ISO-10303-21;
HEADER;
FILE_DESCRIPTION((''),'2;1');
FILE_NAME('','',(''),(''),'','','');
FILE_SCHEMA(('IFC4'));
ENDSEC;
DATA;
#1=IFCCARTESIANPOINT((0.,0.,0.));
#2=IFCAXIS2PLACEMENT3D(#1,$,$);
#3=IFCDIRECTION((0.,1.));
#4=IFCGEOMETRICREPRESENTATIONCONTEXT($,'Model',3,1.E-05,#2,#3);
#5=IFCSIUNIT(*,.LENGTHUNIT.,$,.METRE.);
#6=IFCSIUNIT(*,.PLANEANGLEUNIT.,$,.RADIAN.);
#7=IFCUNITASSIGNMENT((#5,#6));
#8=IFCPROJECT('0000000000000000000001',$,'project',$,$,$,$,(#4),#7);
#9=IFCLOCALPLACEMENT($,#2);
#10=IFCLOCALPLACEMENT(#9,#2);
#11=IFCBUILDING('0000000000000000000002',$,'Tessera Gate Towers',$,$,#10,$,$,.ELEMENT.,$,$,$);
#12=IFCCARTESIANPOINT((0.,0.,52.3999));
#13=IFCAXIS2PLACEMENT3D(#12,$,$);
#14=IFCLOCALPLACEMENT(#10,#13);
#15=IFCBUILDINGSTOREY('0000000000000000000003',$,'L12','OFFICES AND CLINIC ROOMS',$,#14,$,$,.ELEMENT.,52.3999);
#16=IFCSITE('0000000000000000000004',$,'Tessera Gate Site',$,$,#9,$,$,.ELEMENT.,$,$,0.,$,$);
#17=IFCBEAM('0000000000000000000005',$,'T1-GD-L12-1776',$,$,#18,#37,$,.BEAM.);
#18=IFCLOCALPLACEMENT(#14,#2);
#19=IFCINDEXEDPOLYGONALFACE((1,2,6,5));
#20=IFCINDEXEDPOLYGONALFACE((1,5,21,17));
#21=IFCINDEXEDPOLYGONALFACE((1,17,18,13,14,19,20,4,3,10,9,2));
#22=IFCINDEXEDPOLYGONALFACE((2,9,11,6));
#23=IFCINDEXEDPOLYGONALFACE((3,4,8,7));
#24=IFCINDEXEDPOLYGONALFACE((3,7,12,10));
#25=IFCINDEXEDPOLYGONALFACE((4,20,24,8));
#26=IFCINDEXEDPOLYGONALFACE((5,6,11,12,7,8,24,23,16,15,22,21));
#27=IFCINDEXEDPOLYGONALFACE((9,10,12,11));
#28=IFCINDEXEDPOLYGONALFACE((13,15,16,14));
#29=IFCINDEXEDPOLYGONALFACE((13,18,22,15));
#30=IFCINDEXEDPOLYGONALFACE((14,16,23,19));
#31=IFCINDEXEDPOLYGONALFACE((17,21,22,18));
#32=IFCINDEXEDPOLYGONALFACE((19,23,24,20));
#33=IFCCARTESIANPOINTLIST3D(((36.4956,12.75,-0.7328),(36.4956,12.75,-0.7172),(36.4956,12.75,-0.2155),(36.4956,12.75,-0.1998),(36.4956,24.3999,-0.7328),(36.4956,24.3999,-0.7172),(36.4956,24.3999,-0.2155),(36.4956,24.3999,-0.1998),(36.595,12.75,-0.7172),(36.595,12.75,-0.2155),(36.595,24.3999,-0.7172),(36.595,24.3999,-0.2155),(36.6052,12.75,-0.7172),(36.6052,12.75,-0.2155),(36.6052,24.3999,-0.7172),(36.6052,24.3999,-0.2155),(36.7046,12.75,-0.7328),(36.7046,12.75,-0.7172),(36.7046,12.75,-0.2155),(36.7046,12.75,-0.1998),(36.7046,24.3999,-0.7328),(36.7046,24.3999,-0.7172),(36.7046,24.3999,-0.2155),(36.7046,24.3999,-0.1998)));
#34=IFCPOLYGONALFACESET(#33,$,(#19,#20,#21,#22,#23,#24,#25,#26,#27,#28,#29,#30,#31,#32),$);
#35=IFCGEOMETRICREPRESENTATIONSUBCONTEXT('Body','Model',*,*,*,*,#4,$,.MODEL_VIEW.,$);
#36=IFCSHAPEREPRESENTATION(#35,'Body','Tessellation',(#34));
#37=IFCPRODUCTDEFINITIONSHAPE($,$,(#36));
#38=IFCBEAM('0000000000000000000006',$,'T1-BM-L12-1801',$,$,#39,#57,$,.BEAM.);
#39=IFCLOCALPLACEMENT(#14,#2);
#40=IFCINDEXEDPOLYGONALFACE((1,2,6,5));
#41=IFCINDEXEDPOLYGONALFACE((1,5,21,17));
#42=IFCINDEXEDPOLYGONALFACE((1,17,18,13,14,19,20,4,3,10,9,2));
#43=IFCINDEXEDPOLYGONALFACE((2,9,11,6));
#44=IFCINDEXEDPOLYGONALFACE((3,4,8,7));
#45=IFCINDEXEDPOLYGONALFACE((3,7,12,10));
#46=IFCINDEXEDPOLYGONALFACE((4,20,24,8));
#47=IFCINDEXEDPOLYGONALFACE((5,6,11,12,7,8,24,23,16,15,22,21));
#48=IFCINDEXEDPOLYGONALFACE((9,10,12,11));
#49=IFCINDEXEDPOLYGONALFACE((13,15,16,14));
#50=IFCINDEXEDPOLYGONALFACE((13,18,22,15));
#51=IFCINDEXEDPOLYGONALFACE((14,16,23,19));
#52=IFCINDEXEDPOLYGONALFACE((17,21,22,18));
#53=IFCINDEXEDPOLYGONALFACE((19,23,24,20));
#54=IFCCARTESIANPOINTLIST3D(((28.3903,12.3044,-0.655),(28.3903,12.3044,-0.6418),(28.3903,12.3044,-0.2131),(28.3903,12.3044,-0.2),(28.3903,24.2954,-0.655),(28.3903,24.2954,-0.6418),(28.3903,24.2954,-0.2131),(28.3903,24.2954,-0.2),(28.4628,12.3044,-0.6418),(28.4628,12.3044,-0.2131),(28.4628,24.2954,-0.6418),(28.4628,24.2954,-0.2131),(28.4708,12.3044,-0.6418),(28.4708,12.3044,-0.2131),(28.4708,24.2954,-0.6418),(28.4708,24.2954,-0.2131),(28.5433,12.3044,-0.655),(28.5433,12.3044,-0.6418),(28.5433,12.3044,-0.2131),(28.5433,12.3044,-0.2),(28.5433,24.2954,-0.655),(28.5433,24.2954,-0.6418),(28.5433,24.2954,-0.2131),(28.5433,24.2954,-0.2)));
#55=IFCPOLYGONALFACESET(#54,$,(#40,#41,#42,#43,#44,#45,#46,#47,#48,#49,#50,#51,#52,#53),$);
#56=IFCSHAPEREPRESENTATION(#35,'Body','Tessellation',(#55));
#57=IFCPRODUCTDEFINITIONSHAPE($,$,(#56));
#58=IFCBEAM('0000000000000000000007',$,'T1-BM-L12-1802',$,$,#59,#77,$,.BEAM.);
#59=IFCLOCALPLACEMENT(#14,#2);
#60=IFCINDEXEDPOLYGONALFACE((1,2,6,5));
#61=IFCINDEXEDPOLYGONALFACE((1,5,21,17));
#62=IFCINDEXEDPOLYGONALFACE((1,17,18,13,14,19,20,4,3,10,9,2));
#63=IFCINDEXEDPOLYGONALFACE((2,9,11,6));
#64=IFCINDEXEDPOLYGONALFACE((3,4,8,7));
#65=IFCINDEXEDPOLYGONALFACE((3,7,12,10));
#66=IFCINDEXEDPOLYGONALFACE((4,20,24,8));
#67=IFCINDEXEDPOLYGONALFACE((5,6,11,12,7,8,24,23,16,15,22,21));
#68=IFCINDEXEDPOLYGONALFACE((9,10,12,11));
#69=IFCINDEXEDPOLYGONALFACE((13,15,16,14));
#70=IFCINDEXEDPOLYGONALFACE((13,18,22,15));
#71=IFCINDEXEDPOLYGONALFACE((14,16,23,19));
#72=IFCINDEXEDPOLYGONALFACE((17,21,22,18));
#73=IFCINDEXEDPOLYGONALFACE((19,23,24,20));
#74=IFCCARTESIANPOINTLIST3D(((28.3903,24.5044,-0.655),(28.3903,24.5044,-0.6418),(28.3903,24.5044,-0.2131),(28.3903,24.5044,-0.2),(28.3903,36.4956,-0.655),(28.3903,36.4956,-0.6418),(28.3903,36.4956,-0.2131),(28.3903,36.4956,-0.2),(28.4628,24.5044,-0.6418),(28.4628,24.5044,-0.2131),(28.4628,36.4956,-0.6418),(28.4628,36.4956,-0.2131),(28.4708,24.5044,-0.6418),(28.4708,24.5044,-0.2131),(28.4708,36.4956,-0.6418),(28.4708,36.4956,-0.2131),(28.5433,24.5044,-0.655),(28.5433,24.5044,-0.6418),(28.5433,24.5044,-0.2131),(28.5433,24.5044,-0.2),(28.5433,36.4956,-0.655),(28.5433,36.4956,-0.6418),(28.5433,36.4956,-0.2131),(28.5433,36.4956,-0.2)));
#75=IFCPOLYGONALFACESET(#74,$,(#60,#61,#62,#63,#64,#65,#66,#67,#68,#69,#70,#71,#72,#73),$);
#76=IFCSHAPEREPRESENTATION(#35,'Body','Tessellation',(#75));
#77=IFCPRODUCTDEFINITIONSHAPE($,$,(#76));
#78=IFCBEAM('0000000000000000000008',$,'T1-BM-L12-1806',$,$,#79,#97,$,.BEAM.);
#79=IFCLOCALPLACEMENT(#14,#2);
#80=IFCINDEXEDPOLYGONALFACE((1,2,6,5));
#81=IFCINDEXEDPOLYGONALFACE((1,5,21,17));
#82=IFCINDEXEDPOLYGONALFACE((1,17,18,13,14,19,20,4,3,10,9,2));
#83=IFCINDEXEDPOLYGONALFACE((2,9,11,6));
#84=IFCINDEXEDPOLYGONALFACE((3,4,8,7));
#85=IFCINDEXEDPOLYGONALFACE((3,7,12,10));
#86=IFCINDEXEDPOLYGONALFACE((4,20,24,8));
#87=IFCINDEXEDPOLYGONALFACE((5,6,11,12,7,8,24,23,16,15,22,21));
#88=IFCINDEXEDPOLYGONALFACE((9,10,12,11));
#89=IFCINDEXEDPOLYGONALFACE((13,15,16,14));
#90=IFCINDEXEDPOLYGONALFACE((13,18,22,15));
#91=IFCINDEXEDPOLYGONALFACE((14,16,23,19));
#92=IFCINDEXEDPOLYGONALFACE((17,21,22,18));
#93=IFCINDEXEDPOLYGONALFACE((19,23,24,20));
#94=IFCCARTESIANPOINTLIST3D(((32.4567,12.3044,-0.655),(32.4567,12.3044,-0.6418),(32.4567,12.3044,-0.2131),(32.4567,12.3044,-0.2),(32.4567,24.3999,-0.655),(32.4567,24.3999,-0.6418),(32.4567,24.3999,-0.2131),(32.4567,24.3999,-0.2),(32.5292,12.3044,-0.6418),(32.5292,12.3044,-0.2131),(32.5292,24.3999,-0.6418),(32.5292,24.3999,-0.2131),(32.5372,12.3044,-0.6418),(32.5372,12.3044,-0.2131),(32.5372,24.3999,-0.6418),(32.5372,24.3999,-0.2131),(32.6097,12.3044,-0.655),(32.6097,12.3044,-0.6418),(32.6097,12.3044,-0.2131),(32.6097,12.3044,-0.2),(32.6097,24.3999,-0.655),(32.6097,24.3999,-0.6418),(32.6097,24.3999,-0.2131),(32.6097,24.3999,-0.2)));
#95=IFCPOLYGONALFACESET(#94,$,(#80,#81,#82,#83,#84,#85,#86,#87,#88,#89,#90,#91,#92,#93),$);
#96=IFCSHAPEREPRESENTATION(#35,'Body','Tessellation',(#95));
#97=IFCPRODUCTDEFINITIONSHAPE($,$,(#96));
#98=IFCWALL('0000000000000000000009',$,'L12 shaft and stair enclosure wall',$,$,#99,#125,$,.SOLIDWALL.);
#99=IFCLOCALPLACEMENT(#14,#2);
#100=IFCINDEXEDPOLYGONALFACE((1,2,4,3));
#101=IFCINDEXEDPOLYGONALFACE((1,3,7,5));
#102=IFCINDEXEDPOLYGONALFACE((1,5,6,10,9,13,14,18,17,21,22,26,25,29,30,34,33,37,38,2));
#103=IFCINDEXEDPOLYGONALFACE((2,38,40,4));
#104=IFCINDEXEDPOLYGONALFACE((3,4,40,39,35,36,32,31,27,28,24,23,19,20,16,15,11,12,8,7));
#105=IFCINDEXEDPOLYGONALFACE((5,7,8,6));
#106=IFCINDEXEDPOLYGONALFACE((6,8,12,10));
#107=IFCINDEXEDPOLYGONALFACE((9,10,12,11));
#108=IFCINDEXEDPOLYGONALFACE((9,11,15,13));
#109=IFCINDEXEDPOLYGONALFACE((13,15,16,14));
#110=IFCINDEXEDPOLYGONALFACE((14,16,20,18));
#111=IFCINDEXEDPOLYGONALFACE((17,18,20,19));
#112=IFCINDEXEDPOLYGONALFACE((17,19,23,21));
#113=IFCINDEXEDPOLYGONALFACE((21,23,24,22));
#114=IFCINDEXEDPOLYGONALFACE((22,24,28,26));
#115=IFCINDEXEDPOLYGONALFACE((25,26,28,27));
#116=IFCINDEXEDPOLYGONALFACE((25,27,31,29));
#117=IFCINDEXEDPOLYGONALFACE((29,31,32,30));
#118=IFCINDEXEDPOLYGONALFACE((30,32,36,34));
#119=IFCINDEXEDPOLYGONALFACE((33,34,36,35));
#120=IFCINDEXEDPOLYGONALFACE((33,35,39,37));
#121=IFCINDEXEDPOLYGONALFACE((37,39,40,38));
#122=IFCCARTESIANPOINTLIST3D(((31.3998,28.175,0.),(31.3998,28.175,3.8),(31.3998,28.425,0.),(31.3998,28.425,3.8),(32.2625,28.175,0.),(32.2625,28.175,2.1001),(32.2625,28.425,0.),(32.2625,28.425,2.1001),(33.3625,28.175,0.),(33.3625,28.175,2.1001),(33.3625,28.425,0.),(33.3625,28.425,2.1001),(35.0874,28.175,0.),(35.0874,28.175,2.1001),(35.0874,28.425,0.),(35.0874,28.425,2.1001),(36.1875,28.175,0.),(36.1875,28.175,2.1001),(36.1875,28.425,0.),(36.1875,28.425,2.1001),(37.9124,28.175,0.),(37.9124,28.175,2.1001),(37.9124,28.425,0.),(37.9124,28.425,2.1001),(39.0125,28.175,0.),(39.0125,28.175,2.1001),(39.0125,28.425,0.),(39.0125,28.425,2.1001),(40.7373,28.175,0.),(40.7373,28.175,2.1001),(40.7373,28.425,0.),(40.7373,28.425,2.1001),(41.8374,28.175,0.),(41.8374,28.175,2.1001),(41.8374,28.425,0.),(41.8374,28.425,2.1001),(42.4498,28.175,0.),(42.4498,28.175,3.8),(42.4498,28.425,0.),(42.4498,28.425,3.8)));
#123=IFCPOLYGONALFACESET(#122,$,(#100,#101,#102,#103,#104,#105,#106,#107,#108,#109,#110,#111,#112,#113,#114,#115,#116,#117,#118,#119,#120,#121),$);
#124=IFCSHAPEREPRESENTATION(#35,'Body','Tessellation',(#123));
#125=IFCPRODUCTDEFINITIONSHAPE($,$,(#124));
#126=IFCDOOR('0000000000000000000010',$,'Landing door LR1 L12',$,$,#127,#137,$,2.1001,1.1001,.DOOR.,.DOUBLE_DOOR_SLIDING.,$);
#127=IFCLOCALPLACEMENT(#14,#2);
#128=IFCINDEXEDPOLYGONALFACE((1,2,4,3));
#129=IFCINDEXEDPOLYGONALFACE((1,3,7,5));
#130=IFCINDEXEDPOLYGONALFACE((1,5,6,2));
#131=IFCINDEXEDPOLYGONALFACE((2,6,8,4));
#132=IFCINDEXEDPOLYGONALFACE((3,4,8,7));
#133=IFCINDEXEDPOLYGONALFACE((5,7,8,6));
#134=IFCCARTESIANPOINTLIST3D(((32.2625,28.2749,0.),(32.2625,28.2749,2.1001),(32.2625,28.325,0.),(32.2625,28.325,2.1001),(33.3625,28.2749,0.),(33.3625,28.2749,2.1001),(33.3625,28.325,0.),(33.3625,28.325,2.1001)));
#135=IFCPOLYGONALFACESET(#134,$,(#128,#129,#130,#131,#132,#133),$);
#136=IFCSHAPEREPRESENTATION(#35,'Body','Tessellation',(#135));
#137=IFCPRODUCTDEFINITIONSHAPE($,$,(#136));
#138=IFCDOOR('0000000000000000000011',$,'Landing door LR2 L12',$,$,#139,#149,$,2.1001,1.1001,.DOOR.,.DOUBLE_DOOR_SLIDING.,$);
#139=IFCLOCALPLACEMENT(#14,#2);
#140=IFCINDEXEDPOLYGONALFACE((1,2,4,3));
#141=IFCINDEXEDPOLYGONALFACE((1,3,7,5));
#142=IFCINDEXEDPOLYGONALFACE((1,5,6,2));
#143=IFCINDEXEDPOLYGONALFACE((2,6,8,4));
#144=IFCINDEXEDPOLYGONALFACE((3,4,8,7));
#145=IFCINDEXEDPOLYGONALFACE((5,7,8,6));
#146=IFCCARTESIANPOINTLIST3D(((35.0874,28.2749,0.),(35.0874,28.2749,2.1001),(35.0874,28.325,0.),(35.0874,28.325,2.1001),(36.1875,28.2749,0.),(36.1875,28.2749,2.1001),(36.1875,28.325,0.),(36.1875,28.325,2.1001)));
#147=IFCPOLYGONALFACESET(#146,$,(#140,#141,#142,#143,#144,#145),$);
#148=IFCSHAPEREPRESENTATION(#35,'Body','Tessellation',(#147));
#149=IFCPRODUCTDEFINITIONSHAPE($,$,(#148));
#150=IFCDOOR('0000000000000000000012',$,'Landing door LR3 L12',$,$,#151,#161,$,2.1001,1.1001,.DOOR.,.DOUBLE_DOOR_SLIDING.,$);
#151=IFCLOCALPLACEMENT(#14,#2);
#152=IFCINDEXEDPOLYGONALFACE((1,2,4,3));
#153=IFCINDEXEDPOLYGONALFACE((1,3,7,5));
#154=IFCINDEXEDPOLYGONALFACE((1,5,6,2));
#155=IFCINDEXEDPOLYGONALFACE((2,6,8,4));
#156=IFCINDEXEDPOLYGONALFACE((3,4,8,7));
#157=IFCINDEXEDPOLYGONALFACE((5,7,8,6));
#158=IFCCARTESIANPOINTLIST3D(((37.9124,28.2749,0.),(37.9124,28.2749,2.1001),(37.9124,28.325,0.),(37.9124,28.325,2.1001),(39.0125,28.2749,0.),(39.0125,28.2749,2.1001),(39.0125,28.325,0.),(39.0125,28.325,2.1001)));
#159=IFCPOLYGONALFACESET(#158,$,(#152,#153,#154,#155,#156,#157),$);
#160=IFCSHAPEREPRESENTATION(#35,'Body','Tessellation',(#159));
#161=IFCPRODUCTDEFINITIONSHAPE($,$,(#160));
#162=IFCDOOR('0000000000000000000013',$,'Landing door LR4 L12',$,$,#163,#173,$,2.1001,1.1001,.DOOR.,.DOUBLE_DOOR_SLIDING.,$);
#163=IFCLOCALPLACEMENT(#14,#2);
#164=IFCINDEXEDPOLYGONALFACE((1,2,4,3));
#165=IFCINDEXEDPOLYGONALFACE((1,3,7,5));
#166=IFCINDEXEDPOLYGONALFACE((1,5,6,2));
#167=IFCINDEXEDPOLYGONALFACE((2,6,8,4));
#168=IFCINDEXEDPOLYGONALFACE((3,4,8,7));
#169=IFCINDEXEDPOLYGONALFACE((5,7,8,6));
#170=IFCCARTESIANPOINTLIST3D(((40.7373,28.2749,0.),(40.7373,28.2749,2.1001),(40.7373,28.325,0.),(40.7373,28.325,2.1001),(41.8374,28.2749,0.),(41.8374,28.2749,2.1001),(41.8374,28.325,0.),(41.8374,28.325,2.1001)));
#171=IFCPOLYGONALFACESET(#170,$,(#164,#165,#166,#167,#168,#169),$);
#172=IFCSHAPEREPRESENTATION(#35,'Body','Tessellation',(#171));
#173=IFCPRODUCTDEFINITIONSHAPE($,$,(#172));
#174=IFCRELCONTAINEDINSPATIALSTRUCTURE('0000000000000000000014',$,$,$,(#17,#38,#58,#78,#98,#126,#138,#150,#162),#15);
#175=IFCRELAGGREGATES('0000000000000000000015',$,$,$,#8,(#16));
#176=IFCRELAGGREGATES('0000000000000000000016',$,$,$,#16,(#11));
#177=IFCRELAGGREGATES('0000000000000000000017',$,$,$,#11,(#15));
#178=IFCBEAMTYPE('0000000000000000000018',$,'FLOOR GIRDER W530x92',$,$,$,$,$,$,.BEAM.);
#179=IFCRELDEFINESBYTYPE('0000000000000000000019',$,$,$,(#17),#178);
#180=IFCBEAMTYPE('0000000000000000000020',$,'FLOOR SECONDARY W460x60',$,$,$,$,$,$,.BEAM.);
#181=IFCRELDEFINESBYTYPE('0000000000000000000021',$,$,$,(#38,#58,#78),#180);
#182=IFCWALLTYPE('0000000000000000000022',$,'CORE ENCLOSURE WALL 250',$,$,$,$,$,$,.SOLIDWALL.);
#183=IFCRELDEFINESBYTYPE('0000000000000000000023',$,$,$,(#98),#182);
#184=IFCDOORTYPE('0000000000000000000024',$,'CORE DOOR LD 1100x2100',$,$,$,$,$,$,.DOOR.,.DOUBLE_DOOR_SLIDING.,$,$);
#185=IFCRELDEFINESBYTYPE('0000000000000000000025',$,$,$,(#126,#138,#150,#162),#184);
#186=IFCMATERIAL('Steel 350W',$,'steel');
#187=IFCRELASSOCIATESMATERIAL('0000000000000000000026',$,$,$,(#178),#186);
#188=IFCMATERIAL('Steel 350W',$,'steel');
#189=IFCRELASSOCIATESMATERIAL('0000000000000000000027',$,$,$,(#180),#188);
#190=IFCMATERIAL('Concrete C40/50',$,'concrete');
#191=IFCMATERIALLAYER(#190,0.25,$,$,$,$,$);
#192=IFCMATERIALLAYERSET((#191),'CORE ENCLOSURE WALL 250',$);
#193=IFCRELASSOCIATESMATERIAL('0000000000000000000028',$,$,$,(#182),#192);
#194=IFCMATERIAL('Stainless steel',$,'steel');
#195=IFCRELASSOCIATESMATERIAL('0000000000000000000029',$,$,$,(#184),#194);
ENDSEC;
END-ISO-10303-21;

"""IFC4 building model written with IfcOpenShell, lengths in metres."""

from ifc_helpers import new_model, si_unit, direction, frame, frame_2d, origin, origin_2d, place, context, subcontext, project, spatial, rectangle, i_section, extrude, source, transform, mapped, material, layer, layer_set, material_profile, profile_set, type_object, element, fill, save


model = new_model("IFC4")

# Units and contexts
model_context = context("Model", 3, precision=1e-05, world=origin(), true_north=direction((0.0, 1.0)))
body_context = subcontext(model_context, "Body", "Model", "MODEL_VIEW")
ifc_project = project(units=[si_unit("LENGTHUNIT", "METRE"), si_unit("PLANEANGLEUNIT", "RADIAN")], contexts=[model_context])

# Site, building, storey
site_placement = place(None, origin())
site = spatial("IfcSite", under=ifc_project, at=site_placement, Name="Tessera Gate Site", CompositionType="ELEMENT", RefElevation=0.0)
building_placement = place(site_placement, origin())
building = spatial("IfcBuilding", under=site, at=building_placement, Name="Tessera Gate Towers", CompositionType="ELEMENT")
storey_placement = place(building_placement, frame((0.0, 0.0, 52.3999)))
storey = spatial("IfcBuildingStorey", under=building, at=storey_placement, Name="L12", Description="OFFICES AND CLINIC ROOMS", CompositionType="ELEMENT", Elevation=52.3999)

# Beams
ifc_material_1 = material(Name="Steel 350W", Category="steel")
ifc_material_profile_1 = material_profile(ifc_material_1, i_section(OverallWidth=0.209, OverallDepth=0.533, WebThickness=0.0103, FlangeThickness=0.0156, at=origin_2d()), Name="W530x92")
ifc_profile_set_1 = profile_set([ifc_material_profile_1], Name="Steel 350W")
beam_type_1 = type_object("IfcBeamType", Name="FLOOR GIRDER W530x92", PredefinedType="BEAM", material=ifc_profile_set_1)
beam_1_placement = place(storey_placement, frame((36.6001, 12.75, -0.4663), z_axis=(0.0, 1.0, 0.0), x_axis=(-1.0, 0.0, 0.0)))
element("IfcBeam", 1, at=beam_1_placement, inside=storey, type_object=beam_type_1, Name="T1-GD-L12-1776", PredefinedType="BEAM", context=body_context, shape_type="SweptSolid", body=[
    extrude(i_section(OverallWidth=0.209, OverallDepth=0.533, WebThickness=0.0103, FlangeThickness=0.0156, at=origin_2d()), origin(), (0.0, 0.0, 1.0), 11.6499),
])
ifc_material_2 = material(Name="Steel 350W", Category="steel")
ifc_material_profile_2 = material_profile(ifc_material_2, i_section(OverallWidth=0.1531, OverallDepth=0.4551, WebThickness=0.0081, FlangeThickness=0.0132, at=origin_2d()), Name="W460x60")
ifc_profile_set_2 = profile_set([ifc_material_profile_2], Name="Steel 350W")
beam_type_2 = type_object("IfcBeamType", Name="FLOOR SECONDARY W460x60", PredefinedType="BEAM", material=ifc_profile_set_2)
beam_2_placement = place(storey_placement, frame((28.4668, 12.3044, -0.4275), z_axis=(0.0, 1.0, 0.0), x_axis=(-1.0, 0.0, 0.0)))
element("IfcBeam", 2, at=beam_2_placement, inside=storey, type_object=beam_type_2, Name="T1-BM-L12-1801", PredefinedType="BEAM", context=body_context, shape_type="SweptSolid", body=[
    extrude(i_section(OverallWidth=0.1531, OverallDepth=0.4551, WebThickness=0.0081, FlangeThickness=0.0132, at=origin_2d()), origin(), (0.0, 0.0, 1.0), 11.991),
])
beam_3_placement = place(storey_placement, frame((28.4668, 24.5044, -0.4275), z_axis=(0.0, 1.0, 0.0), x_axis=(-1.0, 0.0, 0.0)))
element("IfcBeam", 3, at=beam_3_placement, inside=storey, type_object=beam_type_2, Name="T1-BM-L12-1802", PredefinedType="BEAM", context=body_context, shape_type="SweptSolid", body=[
    extrude(i_section(OverallWidth=0.1531, OverallDepth=0.4551, WebThickness=0.0081, FlangeThickness=0.0132, at=origin_2d()), origin(), (0.0, 0.0, 1.0), 11.9912),
])
beam_4_placement = place(storey_placement, frame((32.5332, 12.3044, -0.4275), z_axis=(0.0, 1.0, 0.0), x_axis=(-1.0, 0.0, 0.0)))
element("IfcBeam", 4, at=beam_4_placement, inside=storey, type_object=beam_type_2, Name="T1-BM-L12-1806", PredefinedType="BEAM", context=body_context, shape_type="SweptSolid", body=[
    extrude(i_section(OverallWidth=0.1531, OverallDepth=0.4551, WebThickness=0.0081, FlangeThickness=0.0132, at=origin_2d()), origin(), (0.0, 0.0, 1.0), 12.0955),
])

# Wall, openings, doors
ifc_material_3 = material(Name="Concrete C40/50", Category="concrete")
ifc_layer_1 = layer(ifc_material_3, 0.25)
ifc_layer_set_1 = layer_set([ifc_layer_1], Name="CORE ENCLOSURE WALL 250")
wall_type_1 = type_object("IfcWallType", Name="CORE ENCLOSURE WALL 250", PredefinedType="SOLIDWALL", material=ifc_layer_set_1)
wall_1_placement = place(storey_placement, frame((31.3999, 28.3, 0.0), z_axis=(0.0, 0.0, 1.0), x_axis=(1.0, 0.0, 0.0)))
wall_1 = element("IfcWall", 5, at=wall_1_placement, inside=storey, type_object=wall_type_1, Name="L12 shaft and stair enclosure wall", PredefinedType="SOLIDWALL", context=body_context, shape_type="SweptSolid", body=[
    extrude(rectangle(XDim=11.05, YDim=0.25, at=frame_2d((5.5249, 0.0))), origin(), (0.0, 0.0, 1.0), 3.8),
])
shared_shape_1 = source(origin(), body_context, "Body", "SweptSolid", [
    extrude(rectangle(XDim=1.1001, YDim=2.1001, at=frame_2d((0.55, 1.05))), frame((0.0, 0.135, 0.0), z_axis=(0.0, -1.0, 0.0), x_axis=(1.0, 0.0, 0.0)), (0.0, 0.0, 1.0), 0.27),
])
opening_1_placement = place(wall_1_placement, frame((0.8625, 0.0, 0.0)))
opening_1 = element("IfcOpeningElement", 6, at=opening_1_placement, cuts=wall_1, PredefinedType="OPENING", context=body_context, shape_type="MappedRepresentation", body=[
    mapped(shared_shape_1, transform((0.0, 0.0, 0.0), scale=1.0)),
])
opening_2_placement = place(wall_1_placement, frame((3.6875, 0.0, 0.0)))
opening_2 = element("IfcOpeningElement", 7, at=opening_2_placement, cuts=wall_1, PredefinedType="OPENING", context=body_context, shape_type="MappedRepresentation", body=[
    mapped(shared_shape_1, transform((0.0, 0.0, 0.0), scale=1.0)),
])
opening_3_placement = place(wall_1_placement, frame((6.5125, 0.0, 0.0)))
opening_3 = element("IfcOpeningElement", 8, at=opening_3_placement, cuts=wall_1, PredefinedType="OPENING", context=body_context, shape_type="MappedRepresentation", body=[
    mapped(shared_shape_1, transform((0.0, 0.0, 0.0), scale=1.0)),
])
opening_4_placement = place(wall_1_placement, frame((9.3374, 0.0, 0.0)))
opening_4 = element("IfcOpeningElement", 9, at=opening_4_placement, cuts=wall_1, PredefinedType="OPENING", context=body_context, shape_type="MappedRepresentation", body=[
    mapped(shared_shape_1, transform((0.0, 0.0, 0.0), scale=1.0)),
])
ifc_material_4 = material(Name="Stainless steel", Category="steel")
door_type_1 = type_object("IfcDoorType", Name="CORE DOOR LD 1100x2100", OperationType="DOUBLE_DOOR_SLIDING", PredefinedType="DOOR", material=ifc_material_4)
shared_shape_2 = source(origin(), body_context, "Body", "SweptSolid", [
    extrude(rectangle(XDim=1.1001, YDim=2.1001, at=frame_2d((0.55, 1.05))), frame((0.0, 0.0249, 0.0), z_axis=(0.0, -1.0, 0.0), x_axis=(1.0, 0.0, 0.0)), (0.0, 0.0, 1.0), 0.05),
])
door_1_placement = place(opening_1_placement, origin())
door_1 = element("IfcDoor", 10, at=door_1_placement, inside=storey, type_object=door_type_1, Name="Landing door LR1 L12", OperationType="DOUBLE_DOOR_SLIDING", OverallHeight=2.1001, OverallWidth=1.1001, PredefinedType="DOOR", context=body_context, shape_type="MappedRepresentation", body=[
    mapped(shared_shape_2, transform((0.0, 0.0, 0.0), scale=1.0)),
])
fill(opening_1, door_1)
door_2_placement = place(opening_2_placement, origin())
door_2 = element("IfcDoor", 11, at=door_2_placement, inside=storey, type_object=door_type_1, Name="Landing door LR2 L12", OperationType="DOUBLE_DOOR_SLIDING", OverallHeight=2.1001, OverallWidth=1.1001, PredefinedType="DOOR", context=body_context, shape_type="MappedRepresentation", body=[
    mapped(shared_shape_2, transform((0.0, 0.0, 0.0), scale=1.0)),
])
fill(opening_2, door_2)
door_3_placement = place(opening_3_placement, origin())
door_3 = element("IfcDoor", 12, at=door_3_placement, inside=storey, type_object=door_type_1, Name="Landing door LR3 L12", OperationType="DOUBLE_DOOR_SLIDING", OverallHeight=2.1001, OverallWidth=1.1001, PredefinedType="DOOR", context=body_context, shape_type="MappedRepresentation", body=[
    mapped(shared_shape_2, transform((0.0, 0.0, 0.0), scale=1.0)),
])
fill(opening_3, door_3)
door_4_placement = place(opening_4_placement, origin())
door_4 = element("IfcDoor", 13, at=door_4_placement, inside=storey, type_object=door_type_1, Name="Landing door LR4 L12", OperationType="DOUBLE_DOOR_SLIDING", OverallHeight=2.1001, OverallWidth=1.1001, PredefinedType="DOOR", context=body_context, shape_type="MappedRepresentation", body=[
    mapped(shared_shape_2, transform((0.0, 0.0, 0.0), scale=1.0)),
])
fill(opening_4, door_4)

save(model, "model.ifc")
